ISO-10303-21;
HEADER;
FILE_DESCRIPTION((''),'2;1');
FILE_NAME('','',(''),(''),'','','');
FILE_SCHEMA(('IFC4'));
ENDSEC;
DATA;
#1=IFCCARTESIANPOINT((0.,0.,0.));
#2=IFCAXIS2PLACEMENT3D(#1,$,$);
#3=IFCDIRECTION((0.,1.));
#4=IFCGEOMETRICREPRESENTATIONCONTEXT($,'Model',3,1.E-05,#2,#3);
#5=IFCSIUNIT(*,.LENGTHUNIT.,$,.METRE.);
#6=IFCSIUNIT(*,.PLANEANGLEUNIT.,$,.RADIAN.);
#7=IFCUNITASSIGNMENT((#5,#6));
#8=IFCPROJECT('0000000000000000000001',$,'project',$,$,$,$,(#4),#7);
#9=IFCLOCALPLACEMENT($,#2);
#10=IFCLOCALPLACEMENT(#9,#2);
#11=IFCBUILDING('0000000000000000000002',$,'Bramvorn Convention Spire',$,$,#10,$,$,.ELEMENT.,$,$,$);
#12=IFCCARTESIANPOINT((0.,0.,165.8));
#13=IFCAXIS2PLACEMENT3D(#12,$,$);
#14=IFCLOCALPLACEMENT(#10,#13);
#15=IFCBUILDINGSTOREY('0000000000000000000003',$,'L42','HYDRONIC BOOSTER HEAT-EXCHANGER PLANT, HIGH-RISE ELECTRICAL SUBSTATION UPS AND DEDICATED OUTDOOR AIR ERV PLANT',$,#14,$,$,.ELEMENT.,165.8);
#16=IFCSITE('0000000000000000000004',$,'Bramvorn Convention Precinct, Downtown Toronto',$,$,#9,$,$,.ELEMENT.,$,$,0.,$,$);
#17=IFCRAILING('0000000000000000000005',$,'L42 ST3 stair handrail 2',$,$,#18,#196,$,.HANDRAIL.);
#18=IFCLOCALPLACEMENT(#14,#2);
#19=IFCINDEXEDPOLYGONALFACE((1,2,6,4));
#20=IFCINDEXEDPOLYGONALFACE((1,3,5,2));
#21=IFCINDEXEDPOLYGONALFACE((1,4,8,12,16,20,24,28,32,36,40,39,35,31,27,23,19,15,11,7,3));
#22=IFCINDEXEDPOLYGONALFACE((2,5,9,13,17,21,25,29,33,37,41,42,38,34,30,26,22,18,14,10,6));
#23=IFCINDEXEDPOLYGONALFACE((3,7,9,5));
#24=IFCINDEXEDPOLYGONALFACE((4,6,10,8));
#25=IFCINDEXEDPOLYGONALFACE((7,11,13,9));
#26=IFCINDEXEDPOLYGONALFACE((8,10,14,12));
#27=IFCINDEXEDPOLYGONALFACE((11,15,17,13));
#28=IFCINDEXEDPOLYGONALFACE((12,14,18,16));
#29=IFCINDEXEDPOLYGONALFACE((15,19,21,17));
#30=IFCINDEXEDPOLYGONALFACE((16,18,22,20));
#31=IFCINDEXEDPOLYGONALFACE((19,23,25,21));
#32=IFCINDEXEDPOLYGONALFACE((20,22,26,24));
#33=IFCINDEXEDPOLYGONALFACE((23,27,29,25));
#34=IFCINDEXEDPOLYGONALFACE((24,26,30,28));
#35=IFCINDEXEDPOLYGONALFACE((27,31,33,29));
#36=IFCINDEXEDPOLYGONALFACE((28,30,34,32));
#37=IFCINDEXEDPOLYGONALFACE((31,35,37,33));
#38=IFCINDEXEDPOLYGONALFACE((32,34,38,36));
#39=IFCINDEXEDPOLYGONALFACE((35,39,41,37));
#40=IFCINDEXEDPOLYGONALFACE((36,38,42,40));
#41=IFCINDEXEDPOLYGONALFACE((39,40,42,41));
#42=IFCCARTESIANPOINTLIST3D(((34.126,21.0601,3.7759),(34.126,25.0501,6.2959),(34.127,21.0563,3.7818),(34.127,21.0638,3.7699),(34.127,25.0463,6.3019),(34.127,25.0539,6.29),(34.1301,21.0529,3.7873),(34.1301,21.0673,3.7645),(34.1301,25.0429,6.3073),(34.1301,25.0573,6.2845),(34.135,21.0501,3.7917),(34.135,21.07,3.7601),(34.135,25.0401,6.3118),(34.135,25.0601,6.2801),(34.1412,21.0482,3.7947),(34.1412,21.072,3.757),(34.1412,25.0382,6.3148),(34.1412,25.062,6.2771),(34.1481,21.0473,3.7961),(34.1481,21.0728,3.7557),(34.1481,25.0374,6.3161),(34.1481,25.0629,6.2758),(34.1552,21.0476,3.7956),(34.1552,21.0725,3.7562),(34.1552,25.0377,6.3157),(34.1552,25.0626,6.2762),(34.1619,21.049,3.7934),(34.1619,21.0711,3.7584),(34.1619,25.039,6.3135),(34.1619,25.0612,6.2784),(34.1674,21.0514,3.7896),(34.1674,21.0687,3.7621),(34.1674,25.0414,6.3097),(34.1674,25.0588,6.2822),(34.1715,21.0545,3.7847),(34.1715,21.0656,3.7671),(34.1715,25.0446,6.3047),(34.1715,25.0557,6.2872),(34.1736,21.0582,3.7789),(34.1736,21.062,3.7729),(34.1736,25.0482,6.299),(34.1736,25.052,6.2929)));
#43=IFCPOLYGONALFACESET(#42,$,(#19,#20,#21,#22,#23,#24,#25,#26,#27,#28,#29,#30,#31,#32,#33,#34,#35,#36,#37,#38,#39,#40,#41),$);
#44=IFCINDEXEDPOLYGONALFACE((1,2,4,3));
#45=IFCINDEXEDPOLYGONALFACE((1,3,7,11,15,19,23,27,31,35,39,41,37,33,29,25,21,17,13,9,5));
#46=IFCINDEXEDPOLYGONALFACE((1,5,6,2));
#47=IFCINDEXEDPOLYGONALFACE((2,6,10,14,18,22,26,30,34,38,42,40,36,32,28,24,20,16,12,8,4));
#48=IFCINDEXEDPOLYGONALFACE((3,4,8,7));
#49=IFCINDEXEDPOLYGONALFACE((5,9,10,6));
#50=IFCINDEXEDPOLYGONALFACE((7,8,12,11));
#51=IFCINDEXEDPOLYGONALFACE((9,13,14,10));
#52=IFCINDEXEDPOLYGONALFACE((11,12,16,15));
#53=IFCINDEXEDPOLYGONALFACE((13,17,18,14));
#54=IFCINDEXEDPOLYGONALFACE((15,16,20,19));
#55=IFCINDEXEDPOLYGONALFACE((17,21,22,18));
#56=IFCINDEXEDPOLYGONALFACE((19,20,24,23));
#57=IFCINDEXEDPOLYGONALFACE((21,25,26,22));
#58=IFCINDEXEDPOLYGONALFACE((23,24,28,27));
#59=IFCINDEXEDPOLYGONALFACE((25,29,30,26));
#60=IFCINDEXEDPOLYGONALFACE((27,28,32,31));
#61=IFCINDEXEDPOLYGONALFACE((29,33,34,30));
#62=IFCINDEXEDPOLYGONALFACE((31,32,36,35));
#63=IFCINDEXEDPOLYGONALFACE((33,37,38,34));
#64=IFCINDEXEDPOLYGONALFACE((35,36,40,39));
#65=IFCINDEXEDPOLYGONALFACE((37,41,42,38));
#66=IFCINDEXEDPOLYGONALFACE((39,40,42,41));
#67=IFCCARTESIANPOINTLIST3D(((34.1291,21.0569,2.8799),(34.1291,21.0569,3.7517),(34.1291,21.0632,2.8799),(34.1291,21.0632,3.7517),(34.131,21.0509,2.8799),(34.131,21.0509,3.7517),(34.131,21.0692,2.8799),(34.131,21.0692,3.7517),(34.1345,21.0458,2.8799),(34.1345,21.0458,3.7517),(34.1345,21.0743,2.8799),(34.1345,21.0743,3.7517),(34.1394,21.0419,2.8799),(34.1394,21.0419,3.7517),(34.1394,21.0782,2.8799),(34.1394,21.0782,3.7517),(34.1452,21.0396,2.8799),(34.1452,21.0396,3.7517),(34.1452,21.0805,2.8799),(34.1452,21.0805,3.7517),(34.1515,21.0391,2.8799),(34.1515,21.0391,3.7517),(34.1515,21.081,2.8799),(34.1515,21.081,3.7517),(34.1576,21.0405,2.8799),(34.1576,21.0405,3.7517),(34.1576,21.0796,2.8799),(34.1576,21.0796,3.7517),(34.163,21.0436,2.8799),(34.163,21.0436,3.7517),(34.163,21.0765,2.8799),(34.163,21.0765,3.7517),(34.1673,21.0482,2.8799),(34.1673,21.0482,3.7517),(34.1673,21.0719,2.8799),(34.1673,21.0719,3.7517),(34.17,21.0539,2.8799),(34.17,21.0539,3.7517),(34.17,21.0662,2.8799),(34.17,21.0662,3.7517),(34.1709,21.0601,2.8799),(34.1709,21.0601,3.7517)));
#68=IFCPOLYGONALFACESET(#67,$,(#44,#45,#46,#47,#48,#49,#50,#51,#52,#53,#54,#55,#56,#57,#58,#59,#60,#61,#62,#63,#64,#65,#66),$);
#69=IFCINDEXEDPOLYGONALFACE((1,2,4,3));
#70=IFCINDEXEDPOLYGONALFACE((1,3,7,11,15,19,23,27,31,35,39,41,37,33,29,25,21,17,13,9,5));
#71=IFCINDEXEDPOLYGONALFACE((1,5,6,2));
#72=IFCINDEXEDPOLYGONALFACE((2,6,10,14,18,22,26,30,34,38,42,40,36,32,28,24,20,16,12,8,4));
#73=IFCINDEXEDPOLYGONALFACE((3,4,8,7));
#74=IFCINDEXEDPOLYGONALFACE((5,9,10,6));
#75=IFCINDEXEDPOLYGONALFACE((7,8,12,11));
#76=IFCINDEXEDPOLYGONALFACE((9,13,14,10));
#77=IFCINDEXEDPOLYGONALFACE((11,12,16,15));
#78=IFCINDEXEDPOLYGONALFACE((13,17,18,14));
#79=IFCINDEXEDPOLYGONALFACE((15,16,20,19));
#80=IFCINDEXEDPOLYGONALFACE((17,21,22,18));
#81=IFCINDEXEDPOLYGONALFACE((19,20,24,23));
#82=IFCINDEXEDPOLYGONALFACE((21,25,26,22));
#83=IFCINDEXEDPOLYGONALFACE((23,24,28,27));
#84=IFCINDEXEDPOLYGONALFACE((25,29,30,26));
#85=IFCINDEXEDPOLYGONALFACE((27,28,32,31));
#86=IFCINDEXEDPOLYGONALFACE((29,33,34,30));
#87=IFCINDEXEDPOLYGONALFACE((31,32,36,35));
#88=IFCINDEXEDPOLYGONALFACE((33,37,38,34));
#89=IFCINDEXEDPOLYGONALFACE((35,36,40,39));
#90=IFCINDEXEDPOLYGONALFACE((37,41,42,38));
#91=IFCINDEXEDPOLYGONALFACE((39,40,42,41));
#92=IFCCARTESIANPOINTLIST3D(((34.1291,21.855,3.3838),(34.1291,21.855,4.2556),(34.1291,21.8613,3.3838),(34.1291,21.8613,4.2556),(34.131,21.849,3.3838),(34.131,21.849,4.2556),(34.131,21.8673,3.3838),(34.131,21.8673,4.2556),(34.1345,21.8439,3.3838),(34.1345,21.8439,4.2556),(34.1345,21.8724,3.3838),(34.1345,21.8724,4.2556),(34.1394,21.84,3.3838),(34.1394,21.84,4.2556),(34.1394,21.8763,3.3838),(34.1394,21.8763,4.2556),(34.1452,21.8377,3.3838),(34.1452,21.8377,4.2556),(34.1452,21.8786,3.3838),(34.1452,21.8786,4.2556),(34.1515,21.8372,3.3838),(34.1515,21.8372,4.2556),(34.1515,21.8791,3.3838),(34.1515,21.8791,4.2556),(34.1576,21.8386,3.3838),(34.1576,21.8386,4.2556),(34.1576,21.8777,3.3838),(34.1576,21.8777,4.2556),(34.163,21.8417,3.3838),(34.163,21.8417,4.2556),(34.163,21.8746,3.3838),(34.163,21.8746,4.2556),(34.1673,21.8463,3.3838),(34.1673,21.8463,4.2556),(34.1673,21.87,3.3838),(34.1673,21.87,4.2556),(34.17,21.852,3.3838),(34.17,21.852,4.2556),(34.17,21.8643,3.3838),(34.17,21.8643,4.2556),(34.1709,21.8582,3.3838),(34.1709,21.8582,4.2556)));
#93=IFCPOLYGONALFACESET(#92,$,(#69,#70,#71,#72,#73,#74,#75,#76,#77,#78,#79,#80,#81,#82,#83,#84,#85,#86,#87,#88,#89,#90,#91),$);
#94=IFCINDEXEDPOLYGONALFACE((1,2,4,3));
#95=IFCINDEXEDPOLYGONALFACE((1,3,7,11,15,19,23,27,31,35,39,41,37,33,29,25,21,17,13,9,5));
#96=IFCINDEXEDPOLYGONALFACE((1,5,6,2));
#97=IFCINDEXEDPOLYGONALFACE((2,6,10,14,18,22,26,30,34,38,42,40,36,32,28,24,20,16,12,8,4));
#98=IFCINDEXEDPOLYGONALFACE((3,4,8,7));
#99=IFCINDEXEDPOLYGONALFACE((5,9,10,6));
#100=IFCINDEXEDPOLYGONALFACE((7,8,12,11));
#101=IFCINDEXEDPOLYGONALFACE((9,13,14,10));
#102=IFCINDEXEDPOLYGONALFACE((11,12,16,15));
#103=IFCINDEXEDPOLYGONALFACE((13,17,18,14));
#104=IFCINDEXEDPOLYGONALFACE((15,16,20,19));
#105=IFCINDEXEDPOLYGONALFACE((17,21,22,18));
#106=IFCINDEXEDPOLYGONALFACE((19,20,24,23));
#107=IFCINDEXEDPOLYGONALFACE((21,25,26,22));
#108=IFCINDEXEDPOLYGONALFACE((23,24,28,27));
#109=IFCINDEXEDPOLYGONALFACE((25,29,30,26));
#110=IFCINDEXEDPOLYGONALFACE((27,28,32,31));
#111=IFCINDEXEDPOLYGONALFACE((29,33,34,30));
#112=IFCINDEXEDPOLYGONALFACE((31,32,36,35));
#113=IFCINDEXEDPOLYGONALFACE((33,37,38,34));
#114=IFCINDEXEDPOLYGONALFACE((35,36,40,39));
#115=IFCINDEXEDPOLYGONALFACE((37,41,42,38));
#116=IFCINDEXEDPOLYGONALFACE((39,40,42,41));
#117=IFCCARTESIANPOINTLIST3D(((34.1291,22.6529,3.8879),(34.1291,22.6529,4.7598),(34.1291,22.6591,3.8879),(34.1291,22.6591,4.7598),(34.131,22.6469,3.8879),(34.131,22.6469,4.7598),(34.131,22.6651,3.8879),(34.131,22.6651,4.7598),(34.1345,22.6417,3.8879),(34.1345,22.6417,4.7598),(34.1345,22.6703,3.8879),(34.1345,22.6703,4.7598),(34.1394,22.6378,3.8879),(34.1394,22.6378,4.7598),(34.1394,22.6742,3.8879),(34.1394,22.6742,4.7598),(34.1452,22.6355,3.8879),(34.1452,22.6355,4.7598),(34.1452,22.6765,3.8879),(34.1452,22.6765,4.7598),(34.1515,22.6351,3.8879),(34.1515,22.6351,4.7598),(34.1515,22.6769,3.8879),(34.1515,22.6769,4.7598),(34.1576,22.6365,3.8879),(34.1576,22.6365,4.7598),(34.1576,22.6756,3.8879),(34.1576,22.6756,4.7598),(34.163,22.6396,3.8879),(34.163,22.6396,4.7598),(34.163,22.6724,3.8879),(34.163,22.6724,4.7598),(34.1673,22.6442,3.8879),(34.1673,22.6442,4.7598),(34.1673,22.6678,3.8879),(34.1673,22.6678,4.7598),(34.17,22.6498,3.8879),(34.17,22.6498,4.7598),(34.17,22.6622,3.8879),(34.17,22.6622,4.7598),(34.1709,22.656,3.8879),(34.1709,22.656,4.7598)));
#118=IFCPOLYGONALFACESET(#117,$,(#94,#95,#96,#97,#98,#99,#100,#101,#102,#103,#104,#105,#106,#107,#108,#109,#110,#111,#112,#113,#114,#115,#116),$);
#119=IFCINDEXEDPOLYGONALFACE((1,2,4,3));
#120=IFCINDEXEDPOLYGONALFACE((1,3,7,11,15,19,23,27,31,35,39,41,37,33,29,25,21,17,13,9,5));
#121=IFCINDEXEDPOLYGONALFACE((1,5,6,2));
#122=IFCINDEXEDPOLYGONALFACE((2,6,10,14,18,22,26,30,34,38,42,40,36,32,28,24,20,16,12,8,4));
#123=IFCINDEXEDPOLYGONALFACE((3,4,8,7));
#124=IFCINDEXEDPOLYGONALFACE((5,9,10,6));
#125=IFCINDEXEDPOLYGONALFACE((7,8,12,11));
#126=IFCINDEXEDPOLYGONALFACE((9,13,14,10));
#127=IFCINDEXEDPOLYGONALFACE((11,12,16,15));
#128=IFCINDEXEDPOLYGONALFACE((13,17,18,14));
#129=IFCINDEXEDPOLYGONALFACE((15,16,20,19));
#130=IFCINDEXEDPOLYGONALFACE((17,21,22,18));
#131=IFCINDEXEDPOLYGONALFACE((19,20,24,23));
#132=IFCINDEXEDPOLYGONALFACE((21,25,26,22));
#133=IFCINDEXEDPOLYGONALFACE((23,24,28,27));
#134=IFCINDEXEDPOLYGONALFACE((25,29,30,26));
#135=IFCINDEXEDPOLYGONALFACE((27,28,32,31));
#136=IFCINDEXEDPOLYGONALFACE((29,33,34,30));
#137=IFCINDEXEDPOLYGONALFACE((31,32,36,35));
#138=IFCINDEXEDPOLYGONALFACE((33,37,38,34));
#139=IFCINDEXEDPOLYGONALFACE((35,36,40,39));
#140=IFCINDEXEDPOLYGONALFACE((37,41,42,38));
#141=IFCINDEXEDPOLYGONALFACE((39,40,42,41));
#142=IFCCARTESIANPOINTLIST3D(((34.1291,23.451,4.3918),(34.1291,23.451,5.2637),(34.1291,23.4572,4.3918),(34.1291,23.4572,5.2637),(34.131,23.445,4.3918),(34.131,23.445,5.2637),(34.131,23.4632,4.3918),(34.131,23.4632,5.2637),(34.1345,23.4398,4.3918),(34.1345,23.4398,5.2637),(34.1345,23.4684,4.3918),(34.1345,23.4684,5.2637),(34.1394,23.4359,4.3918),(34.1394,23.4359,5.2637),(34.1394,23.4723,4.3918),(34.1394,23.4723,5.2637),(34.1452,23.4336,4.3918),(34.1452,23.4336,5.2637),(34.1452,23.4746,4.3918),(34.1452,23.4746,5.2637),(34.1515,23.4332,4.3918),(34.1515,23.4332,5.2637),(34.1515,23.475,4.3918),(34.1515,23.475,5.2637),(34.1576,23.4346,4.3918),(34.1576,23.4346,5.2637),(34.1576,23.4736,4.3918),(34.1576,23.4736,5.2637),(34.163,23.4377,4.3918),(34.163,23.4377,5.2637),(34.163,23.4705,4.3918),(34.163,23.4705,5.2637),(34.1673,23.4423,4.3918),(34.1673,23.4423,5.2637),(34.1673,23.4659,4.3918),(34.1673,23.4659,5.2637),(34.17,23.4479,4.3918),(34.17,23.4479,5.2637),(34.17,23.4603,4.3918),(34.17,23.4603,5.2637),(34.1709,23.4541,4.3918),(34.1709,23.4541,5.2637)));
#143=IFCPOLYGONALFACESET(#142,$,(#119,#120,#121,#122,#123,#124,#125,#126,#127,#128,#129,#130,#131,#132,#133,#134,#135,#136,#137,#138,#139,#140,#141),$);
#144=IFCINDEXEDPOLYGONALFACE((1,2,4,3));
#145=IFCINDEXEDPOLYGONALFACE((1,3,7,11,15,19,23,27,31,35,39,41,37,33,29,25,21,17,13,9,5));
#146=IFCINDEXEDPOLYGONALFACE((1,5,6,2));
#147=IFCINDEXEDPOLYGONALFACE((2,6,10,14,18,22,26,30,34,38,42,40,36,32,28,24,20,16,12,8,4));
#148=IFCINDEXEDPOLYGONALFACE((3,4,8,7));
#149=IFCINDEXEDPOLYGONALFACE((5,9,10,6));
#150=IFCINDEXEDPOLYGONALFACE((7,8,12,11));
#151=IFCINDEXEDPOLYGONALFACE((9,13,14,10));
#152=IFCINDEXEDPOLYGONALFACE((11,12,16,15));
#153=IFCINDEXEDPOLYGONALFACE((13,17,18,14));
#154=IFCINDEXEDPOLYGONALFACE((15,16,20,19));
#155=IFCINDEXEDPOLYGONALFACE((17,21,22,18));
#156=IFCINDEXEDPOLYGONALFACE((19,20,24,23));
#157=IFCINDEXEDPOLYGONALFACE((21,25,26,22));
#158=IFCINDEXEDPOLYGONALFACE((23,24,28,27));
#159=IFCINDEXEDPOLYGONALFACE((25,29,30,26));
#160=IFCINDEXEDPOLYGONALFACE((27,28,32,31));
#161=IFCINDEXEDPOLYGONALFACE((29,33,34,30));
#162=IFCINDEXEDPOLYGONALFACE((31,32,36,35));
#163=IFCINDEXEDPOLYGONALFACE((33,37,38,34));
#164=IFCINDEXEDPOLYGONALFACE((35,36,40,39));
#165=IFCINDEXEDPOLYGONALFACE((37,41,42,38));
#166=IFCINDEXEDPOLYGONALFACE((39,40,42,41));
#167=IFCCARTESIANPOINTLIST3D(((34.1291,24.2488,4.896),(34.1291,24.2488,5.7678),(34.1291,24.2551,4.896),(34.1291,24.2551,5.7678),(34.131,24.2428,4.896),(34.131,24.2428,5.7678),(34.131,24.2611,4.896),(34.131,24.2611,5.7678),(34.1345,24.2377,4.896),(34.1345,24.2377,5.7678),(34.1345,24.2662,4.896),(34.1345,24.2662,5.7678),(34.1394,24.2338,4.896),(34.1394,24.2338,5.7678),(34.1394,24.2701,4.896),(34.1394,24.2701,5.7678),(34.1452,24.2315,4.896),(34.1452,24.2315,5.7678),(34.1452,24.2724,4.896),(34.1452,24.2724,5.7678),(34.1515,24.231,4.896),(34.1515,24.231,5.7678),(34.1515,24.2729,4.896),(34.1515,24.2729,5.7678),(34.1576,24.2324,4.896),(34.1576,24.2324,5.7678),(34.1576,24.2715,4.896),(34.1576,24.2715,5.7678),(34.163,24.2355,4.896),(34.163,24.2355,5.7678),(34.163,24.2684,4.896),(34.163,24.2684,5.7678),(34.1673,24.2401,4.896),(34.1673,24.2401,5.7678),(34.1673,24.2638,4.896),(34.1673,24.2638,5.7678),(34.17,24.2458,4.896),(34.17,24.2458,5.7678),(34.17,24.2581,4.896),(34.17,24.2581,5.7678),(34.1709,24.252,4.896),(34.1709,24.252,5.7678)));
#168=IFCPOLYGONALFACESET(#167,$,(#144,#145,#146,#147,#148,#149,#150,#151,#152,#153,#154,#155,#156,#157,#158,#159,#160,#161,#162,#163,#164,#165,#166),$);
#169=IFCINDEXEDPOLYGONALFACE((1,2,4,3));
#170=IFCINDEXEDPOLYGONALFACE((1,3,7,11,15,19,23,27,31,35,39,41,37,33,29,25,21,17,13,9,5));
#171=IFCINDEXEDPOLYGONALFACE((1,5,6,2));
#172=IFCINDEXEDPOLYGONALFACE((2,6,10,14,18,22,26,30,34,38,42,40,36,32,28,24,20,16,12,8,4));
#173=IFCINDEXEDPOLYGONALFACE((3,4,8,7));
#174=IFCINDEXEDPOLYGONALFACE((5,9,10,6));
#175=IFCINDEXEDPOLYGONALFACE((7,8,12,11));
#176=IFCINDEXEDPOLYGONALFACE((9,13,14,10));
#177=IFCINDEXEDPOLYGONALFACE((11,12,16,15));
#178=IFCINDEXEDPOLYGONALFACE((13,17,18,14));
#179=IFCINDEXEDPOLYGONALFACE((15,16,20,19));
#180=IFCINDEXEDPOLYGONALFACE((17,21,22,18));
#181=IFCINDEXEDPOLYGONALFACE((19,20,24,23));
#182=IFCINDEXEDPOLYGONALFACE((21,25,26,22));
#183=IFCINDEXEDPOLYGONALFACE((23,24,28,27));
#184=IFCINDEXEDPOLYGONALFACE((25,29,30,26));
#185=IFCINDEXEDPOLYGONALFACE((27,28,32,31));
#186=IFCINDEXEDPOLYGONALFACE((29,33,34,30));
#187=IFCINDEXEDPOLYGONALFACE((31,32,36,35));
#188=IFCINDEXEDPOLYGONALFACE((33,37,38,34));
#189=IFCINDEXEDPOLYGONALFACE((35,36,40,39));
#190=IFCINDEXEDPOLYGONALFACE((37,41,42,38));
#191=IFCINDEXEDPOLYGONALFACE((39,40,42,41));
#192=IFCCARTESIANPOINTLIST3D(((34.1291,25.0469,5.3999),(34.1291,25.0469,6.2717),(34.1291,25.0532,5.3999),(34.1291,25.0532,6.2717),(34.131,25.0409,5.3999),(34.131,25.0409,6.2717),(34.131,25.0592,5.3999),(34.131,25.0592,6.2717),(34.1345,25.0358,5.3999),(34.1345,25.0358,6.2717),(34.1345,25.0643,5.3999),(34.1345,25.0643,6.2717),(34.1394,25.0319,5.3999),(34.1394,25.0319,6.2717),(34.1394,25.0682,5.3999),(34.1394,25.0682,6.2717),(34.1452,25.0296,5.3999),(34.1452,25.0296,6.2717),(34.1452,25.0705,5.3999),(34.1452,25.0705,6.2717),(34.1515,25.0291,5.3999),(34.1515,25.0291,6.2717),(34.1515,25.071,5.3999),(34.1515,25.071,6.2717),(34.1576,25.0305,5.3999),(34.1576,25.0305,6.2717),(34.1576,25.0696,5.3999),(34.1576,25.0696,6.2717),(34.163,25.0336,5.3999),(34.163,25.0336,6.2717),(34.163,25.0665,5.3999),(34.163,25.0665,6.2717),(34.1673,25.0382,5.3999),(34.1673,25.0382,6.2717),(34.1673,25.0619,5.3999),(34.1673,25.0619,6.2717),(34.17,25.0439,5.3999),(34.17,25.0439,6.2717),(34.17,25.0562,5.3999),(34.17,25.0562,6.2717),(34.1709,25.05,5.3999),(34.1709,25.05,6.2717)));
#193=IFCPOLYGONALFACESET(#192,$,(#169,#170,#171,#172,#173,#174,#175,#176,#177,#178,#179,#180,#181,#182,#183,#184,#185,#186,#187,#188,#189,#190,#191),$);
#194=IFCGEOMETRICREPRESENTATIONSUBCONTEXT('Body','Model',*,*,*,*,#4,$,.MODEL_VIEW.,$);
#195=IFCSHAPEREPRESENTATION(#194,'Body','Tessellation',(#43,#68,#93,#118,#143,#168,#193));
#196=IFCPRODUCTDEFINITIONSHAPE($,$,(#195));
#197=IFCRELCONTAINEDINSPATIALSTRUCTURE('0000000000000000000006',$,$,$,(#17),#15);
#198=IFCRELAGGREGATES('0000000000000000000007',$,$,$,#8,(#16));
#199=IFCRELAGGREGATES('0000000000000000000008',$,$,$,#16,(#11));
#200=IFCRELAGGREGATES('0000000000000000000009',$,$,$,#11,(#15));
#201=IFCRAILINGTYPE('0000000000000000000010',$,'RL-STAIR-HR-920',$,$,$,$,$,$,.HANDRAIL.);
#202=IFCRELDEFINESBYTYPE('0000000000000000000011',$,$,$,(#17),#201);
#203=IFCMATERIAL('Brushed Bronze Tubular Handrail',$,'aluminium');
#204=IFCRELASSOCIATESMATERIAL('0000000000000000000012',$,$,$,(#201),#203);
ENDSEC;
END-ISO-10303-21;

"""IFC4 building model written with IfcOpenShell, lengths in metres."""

from ifc_helpers import new_model, si_unit, direction, frame, origin, origin_2d, place, context, subcontext, project, spatial, circle, extrude, material, type_object, element, save


model = new_model("IFC4")

# Units and contexts
model_context = context("Model", 3, precision=1e-05, world=origin(), true_north=direction((0.0, 1.0)))
body_context = subcontext(model_context, "Body", "Model", "MODEL_VIEW")
ifc_project = project(units=[si_unit("LENGTHUNIT", "METRE"), si_unit("PLANEANGLEUNIT", "RADIAN")], contexts=[model_context])

# Site, building, storey
site_placement = place(None, origin())
site = spatial("IfcSite", under=ifc_project, at=site_placement, Name="Bramvorn Convention Precinct, Downtown Toronto", CompositionType="ELEMENT", RefElevation=0.0)
building_placement = place(site_placement, origin())
building = spatial("IfcBuilding", under=site, at=building_placement, Name="Bramvorn Convention Spire", CompositionType="ELEMENT")
storey_placement = place(building_placement, frame((0.0, 0.0, 165.8)))
storey = spatial("IfcBuildingStorey", under=building, at=storey_placement, Name="L42", Description="HYDRONIC BOOSTER HEAT-EXCHANGER PLANT, HIGH-RISE ELECTRICAL SUBSTATION UPS AND DEDICATED OUTDOOR AIR ERV PLANT", CompositionType="ELEMENT", Elevation=165.8)

# Railing
ifc_material_1 = material(Name="Brushed Bronze Tubular Handrail", Category="aluminium")
railing_type_1 = type_object("IfcRailingType", Name="RL-STAIR-HR-920", PredefinedType="HANDRAIL", material=ifc_material_1)
railing_1_placement = place(storey_placement, frame((34.1499, 21.0601, 2.8799)))
element("IfcRailing", 1, at=railing_1_placement, inside=storey, type_object=railing_type_1, Name="L42 ST3 stair handrail 2", PredefinedType="HANDRAIL", context=body_context, shape_type="SweptSolid", body=[
    extrude(circle(Radius=0.0239, at=origin_2d()), frame((0.0, 0.0, 0.896), z_axis=(0.0, 0.845486, 0.533997), x_axis=(-1.0, 0.0, 0.0)), (0.0, 0.0, 1.0), 4.7192),
    extrude(circle(Radius=0.021, at=origin_2d()), origin(), (0.0, 0.0, 1.0), 0.8718),
    extrude(circle(Radius=0.021, at=origin_2d()), frame((0.0, 0.7981, 0.5039)), (0.0, 0.0, 1.0), 0.8718),
    extrude(circle(Radius=0.021, at=origin_2d()), frame((0.0, 1.5959, 1.0081)), (0.0, 0.0, 1.0), 0.8718),
    extrude(circle(Radius=0.021, at=origin_2d()), frame((0.0, 2.394, 1.512)), (0.0, 0.0, 1.0), 0.8718),
    extrude(circle(Radius=0.021, at=origin_2d()), frame((0.0, 3.1919, 2.0161)), (0.0, 0.0, 1.0), 0.8718),
    extrude(circle(Radius=0.021, at=origin_2d()), frame((0.0, 3.99, 2.52)), (0.0, 0.0, 1.0), 0.8718),
])

save(model, "model.ifc")
